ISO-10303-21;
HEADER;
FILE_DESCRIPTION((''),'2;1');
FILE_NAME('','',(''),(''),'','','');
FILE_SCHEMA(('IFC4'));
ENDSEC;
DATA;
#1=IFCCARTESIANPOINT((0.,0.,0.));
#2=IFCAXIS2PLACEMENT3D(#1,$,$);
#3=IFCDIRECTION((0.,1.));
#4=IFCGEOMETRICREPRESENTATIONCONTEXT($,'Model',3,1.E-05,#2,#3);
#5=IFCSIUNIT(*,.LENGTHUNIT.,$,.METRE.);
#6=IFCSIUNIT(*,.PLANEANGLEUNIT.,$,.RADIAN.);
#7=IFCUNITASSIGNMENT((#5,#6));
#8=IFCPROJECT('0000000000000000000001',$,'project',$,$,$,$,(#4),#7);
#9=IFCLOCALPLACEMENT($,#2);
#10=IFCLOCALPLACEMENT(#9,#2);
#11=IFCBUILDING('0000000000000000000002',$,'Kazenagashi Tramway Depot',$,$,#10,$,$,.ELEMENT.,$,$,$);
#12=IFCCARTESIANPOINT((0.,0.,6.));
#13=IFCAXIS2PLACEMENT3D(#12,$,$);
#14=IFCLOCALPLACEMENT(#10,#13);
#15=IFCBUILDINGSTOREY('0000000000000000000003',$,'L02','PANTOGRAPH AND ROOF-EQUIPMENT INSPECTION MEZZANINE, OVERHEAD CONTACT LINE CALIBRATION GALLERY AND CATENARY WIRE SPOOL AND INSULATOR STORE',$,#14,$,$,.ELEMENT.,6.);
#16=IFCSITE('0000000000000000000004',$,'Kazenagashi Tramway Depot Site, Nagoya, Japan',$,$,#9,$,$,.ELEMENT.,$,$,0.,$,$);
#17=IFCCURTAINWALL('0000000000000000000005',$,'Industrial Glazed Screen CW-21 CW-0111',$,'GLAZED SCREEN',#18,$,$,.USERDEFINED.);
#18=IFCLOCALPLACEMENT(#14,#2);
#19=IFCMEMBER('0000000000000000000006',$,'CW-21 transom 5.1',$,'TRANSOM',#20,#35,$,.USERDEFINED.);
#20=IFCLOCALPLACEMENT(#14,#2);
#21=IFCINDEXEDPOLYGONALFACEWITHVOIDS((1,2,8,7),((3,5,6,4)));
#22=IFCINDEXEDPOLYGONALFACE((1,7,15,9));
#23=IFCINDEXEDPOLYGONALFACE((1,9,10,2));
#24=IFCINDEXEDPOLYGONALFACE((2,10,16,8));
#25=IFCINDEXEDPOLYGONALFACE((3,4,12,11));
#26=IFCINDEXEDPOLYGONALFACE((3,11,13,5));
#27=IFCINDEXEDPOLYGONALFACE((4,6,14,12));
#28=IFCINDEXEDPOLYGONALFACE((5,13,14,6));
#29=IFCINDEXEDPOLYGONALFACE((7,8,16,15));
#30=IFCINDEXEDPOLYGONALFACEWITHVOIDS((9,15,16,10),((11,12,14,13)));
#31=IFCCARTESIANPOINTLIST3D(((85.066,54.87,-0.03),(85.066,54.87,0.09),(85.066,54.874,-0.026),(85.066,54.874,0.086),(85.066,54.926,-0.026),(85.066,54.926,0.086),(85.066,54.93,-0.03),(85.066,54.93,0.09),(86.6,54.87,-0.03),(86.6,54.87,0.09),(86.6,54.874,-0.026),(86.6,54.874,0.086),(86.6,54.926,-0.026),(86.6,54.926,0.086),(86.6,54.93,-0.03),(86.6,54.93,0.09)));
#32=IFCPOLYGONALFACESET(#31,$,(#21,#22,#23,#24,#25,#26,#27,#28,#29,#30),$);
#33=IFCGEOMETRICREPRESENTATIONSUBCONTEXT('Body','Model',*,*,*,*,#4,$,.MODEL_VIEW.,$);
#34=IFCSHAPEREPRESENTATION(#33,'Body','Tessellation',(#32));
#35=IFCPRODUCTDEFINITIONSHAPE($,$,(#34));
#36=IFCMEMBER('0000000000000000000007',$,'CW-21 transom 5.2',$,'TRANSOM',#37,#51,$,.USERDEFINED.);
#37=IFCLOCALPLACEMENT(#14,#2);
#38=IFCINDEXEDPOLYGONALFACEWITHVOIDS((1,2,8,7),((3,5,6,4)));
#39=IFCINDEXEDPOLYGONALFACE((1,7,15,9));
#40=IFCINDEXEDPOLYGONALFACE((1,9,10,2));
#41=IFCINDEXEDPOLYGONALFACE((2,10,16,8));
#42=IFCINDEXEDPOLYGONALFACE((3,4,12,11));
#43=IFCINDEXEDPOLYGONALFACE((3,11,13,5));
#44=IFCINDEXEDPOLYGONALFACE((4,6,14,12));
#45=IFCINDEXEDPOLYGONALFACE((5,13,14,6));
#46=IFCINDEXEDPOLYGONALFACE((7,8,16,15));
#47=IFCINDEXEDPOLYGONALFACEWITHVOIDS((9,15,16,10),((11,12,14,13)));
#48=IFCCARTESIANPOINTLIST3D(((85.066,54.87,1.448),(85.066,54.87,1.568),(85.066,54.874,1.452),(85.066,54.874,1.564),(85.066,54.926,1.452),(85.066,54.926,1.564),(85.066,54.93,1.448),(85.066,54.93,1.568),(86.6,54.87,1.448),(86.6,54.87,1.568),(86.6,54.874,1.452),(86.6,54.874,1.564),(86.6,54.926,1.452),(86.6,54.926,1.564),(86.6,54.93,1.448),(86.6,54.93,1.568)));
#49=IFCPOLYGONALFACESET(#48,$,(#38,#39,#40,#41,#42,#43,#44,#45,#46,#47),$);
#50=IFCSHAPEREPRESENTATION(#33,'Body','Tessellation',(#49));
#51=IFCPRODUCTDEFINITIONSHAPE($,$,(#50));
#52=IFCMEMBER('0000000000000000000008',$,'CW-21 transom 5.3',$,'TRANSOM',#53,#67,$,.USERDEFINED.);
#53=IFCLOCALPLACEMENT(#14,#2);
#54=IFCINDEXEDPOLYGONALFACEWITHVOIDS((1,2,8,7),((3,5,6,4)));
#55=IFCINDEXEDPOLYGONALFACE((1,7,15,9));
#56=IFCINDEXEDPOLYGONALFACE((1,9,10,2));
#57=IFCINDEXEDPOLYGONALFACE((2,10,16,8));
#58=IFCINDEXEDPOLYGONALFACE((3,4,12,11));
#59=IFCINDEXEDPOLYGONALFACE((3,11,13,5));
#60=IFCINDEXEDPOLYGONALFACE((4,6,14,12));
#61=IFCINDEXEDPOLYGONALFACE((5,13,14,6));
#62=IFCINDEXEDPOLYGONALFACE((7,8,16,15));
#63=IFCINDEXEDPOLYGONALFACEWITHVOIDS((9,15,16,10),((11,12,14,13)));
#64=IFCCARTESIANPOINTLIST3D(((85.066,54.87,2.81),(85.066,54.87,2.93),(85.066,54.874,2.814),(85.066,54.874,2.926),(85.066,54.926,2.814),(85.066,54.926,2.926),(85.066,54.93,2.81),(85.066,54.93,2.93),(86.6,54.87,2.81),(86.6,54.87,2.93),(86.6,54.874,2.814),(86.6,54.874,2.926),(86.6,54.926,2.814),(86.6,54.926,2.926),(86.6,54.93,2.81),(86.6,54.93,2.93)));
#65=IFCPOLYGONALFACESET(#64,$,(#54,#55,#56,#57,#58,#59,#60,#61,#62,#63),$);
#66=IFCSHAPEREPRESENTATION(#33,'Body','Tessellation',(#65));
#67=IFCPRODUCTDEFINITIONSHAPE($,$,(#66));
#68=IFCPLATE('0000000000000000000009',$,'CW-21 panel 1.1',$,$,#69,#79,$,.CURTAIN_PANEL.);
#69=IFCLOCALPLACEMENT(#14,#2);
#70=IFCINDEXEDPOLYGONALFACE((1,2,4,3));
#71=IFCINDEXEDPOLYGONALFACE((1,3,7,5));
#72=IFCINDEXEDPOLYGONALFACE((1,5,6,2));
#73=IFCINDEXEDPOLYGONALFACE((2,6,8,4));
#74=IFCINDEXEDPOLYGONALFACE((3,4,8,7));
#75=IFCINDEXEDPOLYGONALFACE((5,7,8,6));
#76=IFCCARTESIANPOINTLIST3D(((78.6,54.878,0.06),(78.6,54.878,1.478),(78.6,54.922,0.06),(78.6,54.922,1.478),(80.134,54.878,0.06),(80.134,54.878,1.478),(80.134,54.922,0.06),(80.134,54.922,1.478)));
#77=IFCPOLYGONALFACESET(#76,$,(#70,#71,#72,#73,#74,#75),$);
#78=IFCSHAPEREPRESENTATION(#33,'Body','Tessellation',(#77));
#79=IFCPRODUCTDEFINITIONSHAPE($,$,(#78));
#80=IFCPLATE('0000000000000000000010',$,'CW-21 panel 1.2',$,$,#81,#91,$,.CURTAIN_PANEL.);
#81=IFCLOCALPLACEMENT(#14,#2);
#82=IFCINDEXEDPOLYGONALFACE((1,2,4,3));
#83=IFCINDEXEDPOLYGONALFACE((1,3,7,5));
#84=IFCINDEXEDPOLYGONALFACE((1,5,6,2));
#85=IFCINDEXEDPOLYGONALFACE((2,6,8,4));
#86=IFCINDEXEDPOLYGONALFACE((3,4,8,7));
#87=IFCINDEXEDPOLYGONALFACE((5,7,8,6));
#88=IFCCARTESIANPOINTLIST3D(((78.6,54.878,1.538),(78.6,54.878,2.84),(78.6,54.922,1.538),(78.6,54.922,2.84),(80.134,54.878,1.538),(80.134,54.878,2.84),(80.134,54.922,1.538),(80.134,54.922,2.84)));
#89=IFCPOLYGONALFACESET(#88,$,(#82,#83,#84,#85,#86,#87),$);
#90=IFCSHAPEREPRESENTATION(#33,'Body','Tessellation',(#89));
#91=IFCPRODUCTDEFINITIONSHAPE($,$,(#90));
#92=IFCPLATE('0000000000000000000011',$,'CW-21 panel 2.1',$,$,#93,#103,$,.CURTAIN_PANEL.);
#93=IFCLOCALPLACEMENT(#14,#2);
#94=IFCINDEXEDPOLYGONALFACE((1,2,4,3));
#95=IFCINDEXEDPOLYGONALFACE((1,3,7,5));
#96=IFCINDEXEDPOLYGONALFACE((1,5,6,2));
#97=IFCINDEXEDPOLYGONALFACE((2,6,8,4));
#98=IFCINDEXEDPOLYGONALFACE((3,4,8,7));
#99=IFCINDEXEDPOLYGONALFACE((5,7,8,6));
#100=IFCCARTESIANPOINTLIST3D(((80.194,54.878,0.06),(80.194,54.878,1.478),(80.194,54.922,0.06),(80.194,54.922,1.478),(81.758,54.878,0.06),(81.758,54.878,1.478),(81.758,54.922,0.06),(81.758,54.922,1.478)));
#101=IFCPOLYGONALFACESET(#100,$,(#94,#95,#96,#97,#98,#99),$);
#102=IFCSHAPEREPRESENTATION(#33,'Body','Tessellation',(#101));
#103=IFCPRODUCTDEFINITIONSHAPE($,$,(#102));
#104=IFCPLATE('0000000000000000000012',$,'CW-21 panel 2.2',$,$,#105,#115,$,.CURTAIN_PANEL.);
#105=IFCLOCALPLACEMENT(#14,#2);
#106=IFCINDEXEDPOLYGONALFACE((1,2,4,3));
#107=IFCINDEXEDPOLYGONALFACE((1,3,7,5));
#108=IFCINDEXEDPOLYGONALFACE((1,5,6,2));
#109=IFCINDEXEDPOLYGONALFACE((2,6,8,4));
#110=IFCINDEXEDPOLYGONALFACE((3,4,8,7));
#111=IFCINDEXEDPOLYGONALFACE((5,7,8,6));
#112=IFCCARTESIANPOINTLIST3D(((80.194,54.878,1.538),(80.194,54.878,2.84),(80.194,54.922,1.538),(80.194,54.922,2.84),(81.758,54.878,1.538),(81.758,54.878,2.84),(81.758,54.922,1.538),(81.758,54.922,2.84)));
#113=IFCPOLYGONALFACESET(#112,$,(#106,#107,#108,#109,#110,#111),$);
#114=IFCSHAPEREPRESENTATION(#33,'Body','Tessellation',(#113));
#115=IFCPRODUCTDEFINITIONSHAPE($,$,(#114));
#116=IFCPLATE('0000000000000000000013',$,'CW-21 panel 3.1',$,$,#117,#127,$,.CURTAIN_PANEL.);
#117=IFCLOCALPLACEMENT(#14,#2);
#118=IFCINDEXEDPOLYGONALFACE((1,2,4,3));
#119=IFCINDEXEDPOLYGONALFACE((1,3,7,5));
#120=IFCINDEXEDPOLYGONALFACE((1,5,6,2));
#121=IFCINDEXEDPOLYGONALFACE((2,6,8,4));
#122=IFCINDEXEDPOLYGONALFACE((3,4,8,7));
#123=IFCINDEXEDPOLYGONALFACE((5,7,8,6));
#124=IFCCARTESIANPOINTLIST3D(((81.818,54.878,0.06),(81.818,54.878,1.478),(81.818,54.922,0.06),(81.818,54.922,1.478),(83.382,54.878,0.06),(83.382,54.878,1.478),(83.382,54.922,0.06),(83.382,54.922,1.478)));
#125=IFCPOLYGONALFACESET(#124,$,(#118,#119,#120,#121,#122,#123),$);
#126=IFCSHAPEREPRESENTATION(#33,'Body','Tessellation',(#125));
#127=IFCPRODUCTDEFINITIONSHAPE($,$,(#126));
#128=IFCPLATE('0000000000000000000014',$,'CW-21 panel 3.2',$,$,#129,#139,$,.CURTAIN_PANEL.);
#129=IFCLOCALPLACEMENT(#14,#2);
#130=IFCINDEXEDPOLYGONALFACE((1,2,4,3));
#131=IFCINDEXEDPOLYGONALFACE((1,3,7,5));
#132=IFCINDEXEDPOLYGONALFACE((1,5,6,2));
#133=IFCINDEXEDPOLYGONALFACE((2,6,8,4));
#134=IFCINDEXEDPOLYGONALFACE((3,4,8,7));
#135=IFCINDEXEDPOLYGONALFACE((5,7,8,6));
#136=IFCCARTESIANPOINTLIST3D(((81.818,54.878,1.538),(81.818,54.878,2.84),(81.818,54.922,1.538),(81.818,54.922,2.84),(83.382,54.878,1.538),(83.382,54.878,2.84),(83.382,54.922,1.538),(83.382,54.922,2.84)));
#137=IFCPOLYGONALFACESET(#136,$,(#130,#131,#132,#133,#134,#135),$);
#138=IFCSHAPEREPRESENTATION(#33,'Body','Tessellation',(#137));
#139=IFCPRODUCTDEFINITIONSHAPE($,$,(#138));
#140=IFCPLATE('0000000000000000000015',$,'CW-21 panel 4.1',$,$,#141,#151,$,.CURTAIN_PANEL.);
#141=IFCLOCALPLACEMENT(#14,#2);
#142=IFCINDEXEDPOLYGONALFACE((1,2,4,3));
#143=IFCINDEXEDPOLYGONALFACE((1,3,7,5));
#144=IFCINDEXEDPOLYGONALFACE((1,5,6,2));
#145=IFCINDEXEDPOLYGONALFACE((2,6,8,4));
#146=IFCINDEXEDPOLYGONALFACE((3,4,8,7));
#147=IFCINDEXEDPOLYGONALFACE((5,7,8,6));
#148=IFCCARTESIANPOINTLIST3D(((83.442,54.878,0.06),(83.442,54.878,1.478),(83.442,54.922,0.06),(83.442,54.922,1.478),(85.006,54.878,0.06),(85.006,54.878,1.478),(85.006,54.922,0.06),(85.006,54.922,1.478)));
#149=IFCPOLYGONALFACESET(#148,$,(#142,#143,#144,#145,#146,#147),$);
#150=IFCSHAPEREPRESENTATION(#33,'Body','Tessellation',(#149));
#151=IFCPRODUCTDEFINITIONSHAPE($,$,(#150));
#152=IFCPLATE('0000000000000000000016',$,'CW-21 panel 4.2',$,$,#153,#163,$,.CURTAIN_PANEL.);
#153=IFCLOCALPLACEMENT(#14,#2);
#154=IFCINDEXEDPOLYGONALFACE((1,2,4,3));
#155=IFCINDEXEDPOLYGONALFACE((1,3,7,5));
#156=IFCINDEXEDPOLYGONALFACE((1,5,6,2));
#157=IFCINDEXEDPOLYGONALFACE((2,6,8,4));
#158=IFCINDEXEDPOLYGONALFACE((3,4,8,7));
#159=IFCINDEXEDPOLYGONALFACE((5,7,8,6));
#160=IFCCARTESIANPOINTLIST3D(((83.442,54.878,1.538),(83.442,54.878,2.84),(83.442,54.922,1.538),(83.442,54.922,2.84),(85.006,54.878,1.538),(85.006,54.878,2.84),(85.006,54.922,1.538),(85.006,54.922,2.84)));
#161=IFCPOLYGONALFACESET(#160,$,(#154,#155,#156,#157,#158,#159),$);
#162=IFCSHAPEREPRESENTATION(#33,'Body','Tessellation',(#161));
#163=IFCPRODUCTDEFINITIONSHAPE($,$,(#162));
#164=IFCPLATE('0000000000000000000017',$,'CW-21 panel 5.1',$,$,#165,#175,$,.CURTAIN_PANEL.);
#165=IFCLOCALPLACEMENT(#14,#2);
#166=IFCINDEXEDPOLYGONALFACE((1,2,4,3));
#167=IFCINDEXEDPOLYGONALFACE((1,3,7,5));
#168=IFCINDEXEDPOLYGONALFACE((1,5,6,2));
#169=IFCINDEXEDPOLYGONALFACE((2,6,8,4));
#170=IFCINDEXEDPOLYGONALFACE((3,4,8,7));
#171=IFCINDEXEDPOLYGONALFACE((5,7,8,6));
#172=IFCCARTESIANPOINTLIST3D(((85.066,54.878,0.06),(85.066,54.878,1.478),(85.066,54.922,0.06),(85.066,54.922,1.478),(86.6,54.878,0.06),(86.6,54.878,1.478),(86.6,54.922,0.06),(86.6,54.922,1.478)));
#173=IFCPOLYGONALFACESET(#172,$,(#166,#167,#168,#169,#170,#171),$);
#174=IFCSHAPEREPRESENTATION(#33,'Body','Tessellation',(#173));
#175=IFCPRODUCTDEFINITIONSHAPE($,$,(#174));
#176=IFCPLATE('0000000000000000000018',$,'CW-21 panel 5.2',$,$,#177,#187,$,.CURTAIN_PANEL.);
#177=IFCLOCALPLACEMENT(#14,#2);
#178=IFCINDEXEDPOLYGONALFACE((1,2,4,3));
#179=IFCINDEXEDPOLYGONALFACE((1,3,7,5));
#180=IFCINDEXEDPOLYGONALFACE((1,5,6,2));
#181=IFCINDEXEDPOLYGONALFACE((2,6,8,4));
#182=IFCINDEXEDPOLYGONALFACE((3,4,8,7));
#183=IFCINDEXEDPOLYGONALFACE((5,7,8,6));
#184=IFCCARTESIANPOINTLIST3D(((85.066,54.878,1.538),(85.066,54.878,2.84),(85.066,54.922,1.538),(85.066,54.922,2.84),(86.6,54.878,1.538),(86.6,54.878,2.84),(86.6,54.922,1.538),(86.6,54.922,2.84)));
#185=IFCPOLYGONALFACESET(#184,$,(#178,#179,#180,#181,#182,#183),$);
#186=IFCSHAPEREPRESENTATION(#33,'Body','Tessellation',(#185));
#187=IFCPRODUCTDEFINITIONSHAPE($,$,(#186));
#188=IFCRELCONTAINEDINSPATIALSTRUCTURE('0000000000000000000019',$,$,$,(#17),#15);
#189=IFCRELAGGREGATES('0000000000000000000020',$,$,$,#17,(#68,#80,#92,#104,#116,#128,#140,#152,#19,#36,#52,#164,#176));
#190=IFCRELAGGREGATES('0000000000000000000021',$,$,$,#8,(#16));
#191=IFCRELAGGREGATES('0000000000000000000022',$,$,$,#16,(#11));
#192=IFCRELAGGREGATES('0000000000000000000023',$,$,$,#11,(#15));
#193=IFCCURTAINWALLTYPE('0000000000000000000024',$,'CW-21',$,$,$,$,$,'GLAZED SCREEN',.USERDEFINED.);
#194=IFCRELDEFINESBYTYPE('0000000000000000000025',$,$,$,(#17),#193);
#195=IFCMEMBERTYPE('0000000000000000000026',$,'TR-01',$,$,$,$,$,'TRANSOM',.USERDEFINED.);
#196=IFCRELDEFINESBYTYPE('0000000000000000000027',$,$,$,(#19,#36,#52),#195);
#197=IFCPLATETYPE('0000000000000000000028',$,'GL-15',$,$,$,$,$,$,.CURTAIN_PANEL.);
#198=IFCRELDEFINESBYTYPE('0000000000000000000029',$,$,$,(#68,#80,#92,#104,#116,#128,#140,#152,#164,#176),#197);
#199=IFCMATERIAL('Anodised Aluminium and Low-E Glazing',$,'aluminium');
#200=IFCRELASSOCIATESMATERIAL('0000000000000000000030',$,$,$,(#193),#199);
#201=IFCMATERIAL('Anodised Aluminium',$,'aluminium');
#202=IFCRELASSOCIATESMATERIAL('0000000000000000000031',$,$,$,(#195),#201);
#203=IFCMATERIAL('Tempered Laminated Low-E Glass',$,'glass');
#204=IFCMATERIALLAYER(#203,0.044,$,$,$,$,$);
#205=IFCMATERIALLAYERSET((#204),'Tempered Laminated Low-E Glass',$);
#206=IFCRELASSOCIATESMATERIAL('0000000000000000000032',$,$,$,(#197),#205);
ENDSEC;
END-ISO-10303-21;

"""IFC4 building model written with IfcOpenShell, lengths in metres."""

from ifc_helpers import new_model, si_unit, direction, frame, origin, origin_2d, place, context, subcontext, project, spatial, rectangle, hollow_rectangle, extrude, material, layer, layer_set, material_profile, profile_set, type_object, element, aggregate, save


model = new_model("IFC4")

# Units and contexts
model_context = context("Model", 3, precision=1e-05, world=origin(), true_north=direction((0.0, 1.0)))
body_context = subcontext(model_context, "Body", "Model", "MODEL_VIEW")
ifc_project = project(units=[si_unit("LENGTHUNIT", "METRE"), si_unit("PLANEANGLEUNIT", "RADIAN")], contexts=[model_context])

# Site, building, storey
site_placement = place(None, origin())
site = spatial("IfcSite", under=ifc_project, at=site_placement, Name="Kazenagashi Tramway Depot Site, Nagoya, Japan", CompositionType="ELEMENT", RefElevation=0.0)
building_placement = place(site_placement, origin())
building = spatial("IfcBuilding", under=site, at=building_placement, Name="Kazenagashi Tramway Depot", CompositionType="ELEMENT")
storey_placement = place(building_placement, frame((0.0, 0.0, 6.0)))
storey = spatial("IfcBuildingStorey", under=building, at=storey_placement, Name="L02", Description="PANTOGRAPH AND ROOF-EQUIPMENT INSPECTION MEZZANINE, OVERHEAD CONTACT LINE CALIBRATION GALLERY AND CATENARY WIRE SPOOL AND INSULATOR STORE", CompositionType="ELEMENT", Elevation=6.0)

# Curtain wall
ifc_material_1 = material(Name="Anodised Aluminium and Low-E Glazing", Category="aluminium")
curtain_wall_type = type_object("IfcCurtainWallType", Name="CW-21", ElementType="GLAZED SCREEN", PredefinedType="USERDEFINED", material=ifc_material_1)
curtain_wall_placement = place(storey_placement, origin())
curtain_wall = element("IfcCurtainWall", 1, at=curtain_wall_placement, inside=storey, type_object=curtain_wall_type, Name="Industrial Glazed Screen CW-21 CW-0111", ObjectType="GLAZED SCREEN", PredefinedType="USERDEFINED")
ifc_material_2 = material(Name="Anodised Aluminium", Category="aluminium")

# Members
ifc_material_profile_1 = material_profile(ifc_material_2, hollow_rectangle(XDim=0.06, YDim=0.12, WallThickness=0.004, at=origin_2d()), Name="RHS-120x60x4")
ifc_profile_set_1 = profile_set([ifc_material_profile_1], Name="Anodised Aluminium")
member_type_1 = type_object("IfcMemberType", Name="TR-01", ElementType="TRANSOM", PredefinedType="USERDEFINED", material=ifc_profile_set_1)
member_1_placement = place(storey_placement, frame((85.066, 54.9, 0.03), z_axis=(1.0, 0.0, 0.0), x_axis=(0.0, 1.0, 0.0)))
member_1 = element("IfcMember", 2, at=member_1_placement, type_object=member_type_1, Name="CW-21 transom 5.1", ObjectType="TRANSOM", PredefinedType="USERDEFINED", context=body_context, shape_type="SweptSolid", body=[
    extrude(hollow_rectangle(XDim=0.06, YDim=0.12, WallThickness=0.004, at=origin_2d()), origin(), (0.0, 0.0, 1.0), 1.534),
])
member_2_placement = place(storey_placement, frame((85.066, 54.9, 1.508), z_axis=(1.0, 0.0, 0.0), x_axis=(0.0, 1.0, 0.0)))
member_2 = element("IfcMember", 3, at=member_2_placement, type_object=member_type_1, Name="CW-21 transom 5.2", ObjectType="TRANSOM", PredefinedType="USERDEFINED", context=body_context, shape_type="SweptSolid", body=[
    extrude(hollow_rectangle(XDim=0.06, YDim=0.12, WallThickness=0.004, at=origin_2d()), origin(), (0.0, 0.0, 1.0), 1.534),
])
member_3_placement = place(storey_placement, frame((85.066, 54.9, 2.87), z_axis=(1.0, 0.0, 0.0), x_axis=(0.0, 1.0, 0.0)))
member_3 = element("IfcMember", 4, at=member_3_placement, type_object=member_type_1, Name="CW-21 transom 5.3", ObjectType="TRANSOM", PredefinedType="USERDEFINED", context=body_context, shape_type="SweptSolid", body=[
    extrude(hollow_rectangle(XDim=0.06, YDim=0.12, WallThickness=0.004, at=origin_2d()), origin(), (0.0, 0.0, 1.0), 1.534),
])

# Plates
ifc_material_3 = material(Name="Tempered Laminated Low-E Glass", Category="glass")
ifc_layer = layer(ifc_material_3, 0.044)
ifc_layer_set = layer_set([ifc_layer], Name="Tempered Laminated Low-E Glass")
plate_type = type_object("IfcPlateType", Name="GL-15", PredefinedType="CURTAIN_PANEL", material=ifc_layer_set)
plate_1_placement = place(storey_placement, frame((79.367, 54.9, 0.06), z_axis=(0.0, 0.0, 1.0), x_axis=(1.0, 0.0, 0.0)))
plate_1 = element("IfcPlate", 5, at=plate_1_placement, type_object=plate_type, Name="CW-21 panel 1.1", PredefinedType="CURTAIN_PANEL", context=body_context, shape_type="SweptSolid", body=[
    extrude(rectangle(XDim=1.534, YDim=0.044, at=origin_2d()), origin(), (0.0, 0.0, 1.0), 1.418),
])
plate_2_placement = place(storey_placement, frame((79.367, 54.9, 1.538), z_axis=(0.0, 0.0, 1.0), x_axis=(1.0, 0.0, 0.0)))
plate_2 = element("IfcPlate", 6, at=plate_2_placement, type_object=plate_type, Name="CW-21 panel 1.2", PredefinedType="CURTAIN_PANEL", context=body_context, shape_type="SweptSolid", body=[
    extrude(rectangle(XDim=1.534, YDim=0.044, at=origin_2d()), origin(), (0.0, 0.0, 1.0), 1.302),
])
plate_3_placement = place(storey_placement, frame((80.976, 54.9, 0.06), z_axis=(0.0, 0.0, 1.0), x_axis=(1.0, 0.0, 0.0)))
plate_3 = element("IfcPlate", 7, at=plate_3_placement, type_object=plate_type, Name="CW-21 panel 2.1", PredefinedType="CURTAIN_PANEL", context=body_context, shape_type="SweptSolid", body=[
    extrude(rectangle(XDim=1.564, YDim=0.044, at=origin_2d()), origin(), (0.0, 0.0, 1.0), 1.418),
])
plate_4_placement = place(storey_placement, frame((80.976, 54.9, 1.538), z_axis=(0.0, 0.0, 1.0), x_axis=(1.0, 0.0, 0.0)))
plate_4 = element("IfcPlate", 8, at=plate_4_placement, type_object=plate_type, Name="CW-21 panel 2.2", PredefinedType="CURTAIN_PANEL", context=body_context, shape_type="SweptSolid", body=[
    extrude(rectangle(XDim=1.564, YDim=0.044, at=origin_2d()), origin(), (0.0, 0.0, 1.0), 1.302),
])
plate_5_placement = place(storey_placement, frame((82.6, 54.9, 0.06), z_axis=(0.0, 0.0, 1.0), x_axis=(1.0, 0.0, 0.0)))
plate_5 = element("IfcPlate", 9, at=plate_5_placement, type_object=plate_type, Name="CW-21 panel 3.1", PredefinedType="CURTAIN_PANEL", context=body_context, shape_type="SweptSolid", body=[
    extrude(rectangle(XDim=1.564, YDim=0.044, at=origin_2d()), origin(), (0.0, 0.0, 1.0), 1.418),
])
plate_6_placement = place(storey_placement, frame((82.6, 54.9, 1.538), z_axis=(0.0, 0.0, 1.0), x_axis=(1.0, 0.0, 0.0)))
plate_6 = element("IfcPlate", 10, at=plate_6_placement, type_object=plate_type, Name="CW-21 panel 3.2", PredefinedType="CURTAIN_PANEL", context=body_context, shape_type="SweptSolid", body=[
    extrude(rectangle(XDim=1.564, YDim=0.044, at=origin_2d()), origin(), (0.0, 0.0, 1.0), 1.302),
])
plate_7_placement = place(storey_placement, frame((84.224, 54.9, 0.06), z_axis=(0.0, 0.0, 1.0), x_axis=(1.0, 0.0, 0.0)))
plate_7 = element("IfcPlate", 11, at=plate_7_placement, type_object=plate_type, Name="CW-21 panel 4.1", PredefinedType="CURTAIN_PANEL", context=body_context, shape_type="SweptSolid", body=[
    extrude(rectangle(XDim=1.564, YDim=0.044, at=origin_2d()), origin(), (0.0, 0.0, 1.0), 1.418),
])
plate_8_placement = place(storey_placement, frame((84.224, 54.9, 1.538), z_axis=(0.0, 0.0, 1.0), x_axis=(1.0, 0.0, 0.0)))
plate_8 = element("IfcPlate", 12, at=plate_8_placement, type_object=plate_type, Name="CW-21 panel 4.2", PredefinedType="CURTAIN_PANEL", context=body_context, shape_type="SweptSolid", body=[
    extrude(rectangle(XDim=1.564, YDim=0.044, at=origin_2d()), origin(), (0.0, 0.0, 1.0), 1.302),
])
plate_9_placement = place(storey_placement, frame((85.833, 54.9, 0.06), z_axis=(0.0, 0.0, 1.0), x_axis=(1.0, 0.0, 0.0)))
plate_9 = element("IfcPlate", 13, at=plate_9_placement, type_object=plate_type, Name="CW-21 panel 5.1", PredefinedType="CURTAIN_PANEL", context=body_context, shape_type="SweptSolid", body=[
    extrude(rectangle(XDim=1.534, YDim=0.044, at=origin_2d()), origin(), (0.0, 0.0, 1.0), 1.418),
])
plate_10_placement = place(storey_placement, frame((85.833, 54.9, 1.538), z_axis=(0.0, 0.0, 1.0), x_axis=(1.0, 0.0, 0.0)))
plate_10 = element("IfcPlate", 14, at=plate_10_placement, type_object=plate_type, Name="CW-21 panel 5.2", PredefinedType="CURTAIN_PANEL", context=body_context, shape_type="SweptSolid", body=[
    extrude(rectangle(XDim=1.534, YDim=0.044, at=origin_2d()), origin(), (0.0, 0.0, 1.0), 1.302),
])
aggregate(curtain_wall, [plate_1, plate_2, plate_3, plate_4, plate_5, plate_6, plate_7, plate_8, member_1, member_2, member_3, plate_9, plate_10])

save(model, "model.ifc")
